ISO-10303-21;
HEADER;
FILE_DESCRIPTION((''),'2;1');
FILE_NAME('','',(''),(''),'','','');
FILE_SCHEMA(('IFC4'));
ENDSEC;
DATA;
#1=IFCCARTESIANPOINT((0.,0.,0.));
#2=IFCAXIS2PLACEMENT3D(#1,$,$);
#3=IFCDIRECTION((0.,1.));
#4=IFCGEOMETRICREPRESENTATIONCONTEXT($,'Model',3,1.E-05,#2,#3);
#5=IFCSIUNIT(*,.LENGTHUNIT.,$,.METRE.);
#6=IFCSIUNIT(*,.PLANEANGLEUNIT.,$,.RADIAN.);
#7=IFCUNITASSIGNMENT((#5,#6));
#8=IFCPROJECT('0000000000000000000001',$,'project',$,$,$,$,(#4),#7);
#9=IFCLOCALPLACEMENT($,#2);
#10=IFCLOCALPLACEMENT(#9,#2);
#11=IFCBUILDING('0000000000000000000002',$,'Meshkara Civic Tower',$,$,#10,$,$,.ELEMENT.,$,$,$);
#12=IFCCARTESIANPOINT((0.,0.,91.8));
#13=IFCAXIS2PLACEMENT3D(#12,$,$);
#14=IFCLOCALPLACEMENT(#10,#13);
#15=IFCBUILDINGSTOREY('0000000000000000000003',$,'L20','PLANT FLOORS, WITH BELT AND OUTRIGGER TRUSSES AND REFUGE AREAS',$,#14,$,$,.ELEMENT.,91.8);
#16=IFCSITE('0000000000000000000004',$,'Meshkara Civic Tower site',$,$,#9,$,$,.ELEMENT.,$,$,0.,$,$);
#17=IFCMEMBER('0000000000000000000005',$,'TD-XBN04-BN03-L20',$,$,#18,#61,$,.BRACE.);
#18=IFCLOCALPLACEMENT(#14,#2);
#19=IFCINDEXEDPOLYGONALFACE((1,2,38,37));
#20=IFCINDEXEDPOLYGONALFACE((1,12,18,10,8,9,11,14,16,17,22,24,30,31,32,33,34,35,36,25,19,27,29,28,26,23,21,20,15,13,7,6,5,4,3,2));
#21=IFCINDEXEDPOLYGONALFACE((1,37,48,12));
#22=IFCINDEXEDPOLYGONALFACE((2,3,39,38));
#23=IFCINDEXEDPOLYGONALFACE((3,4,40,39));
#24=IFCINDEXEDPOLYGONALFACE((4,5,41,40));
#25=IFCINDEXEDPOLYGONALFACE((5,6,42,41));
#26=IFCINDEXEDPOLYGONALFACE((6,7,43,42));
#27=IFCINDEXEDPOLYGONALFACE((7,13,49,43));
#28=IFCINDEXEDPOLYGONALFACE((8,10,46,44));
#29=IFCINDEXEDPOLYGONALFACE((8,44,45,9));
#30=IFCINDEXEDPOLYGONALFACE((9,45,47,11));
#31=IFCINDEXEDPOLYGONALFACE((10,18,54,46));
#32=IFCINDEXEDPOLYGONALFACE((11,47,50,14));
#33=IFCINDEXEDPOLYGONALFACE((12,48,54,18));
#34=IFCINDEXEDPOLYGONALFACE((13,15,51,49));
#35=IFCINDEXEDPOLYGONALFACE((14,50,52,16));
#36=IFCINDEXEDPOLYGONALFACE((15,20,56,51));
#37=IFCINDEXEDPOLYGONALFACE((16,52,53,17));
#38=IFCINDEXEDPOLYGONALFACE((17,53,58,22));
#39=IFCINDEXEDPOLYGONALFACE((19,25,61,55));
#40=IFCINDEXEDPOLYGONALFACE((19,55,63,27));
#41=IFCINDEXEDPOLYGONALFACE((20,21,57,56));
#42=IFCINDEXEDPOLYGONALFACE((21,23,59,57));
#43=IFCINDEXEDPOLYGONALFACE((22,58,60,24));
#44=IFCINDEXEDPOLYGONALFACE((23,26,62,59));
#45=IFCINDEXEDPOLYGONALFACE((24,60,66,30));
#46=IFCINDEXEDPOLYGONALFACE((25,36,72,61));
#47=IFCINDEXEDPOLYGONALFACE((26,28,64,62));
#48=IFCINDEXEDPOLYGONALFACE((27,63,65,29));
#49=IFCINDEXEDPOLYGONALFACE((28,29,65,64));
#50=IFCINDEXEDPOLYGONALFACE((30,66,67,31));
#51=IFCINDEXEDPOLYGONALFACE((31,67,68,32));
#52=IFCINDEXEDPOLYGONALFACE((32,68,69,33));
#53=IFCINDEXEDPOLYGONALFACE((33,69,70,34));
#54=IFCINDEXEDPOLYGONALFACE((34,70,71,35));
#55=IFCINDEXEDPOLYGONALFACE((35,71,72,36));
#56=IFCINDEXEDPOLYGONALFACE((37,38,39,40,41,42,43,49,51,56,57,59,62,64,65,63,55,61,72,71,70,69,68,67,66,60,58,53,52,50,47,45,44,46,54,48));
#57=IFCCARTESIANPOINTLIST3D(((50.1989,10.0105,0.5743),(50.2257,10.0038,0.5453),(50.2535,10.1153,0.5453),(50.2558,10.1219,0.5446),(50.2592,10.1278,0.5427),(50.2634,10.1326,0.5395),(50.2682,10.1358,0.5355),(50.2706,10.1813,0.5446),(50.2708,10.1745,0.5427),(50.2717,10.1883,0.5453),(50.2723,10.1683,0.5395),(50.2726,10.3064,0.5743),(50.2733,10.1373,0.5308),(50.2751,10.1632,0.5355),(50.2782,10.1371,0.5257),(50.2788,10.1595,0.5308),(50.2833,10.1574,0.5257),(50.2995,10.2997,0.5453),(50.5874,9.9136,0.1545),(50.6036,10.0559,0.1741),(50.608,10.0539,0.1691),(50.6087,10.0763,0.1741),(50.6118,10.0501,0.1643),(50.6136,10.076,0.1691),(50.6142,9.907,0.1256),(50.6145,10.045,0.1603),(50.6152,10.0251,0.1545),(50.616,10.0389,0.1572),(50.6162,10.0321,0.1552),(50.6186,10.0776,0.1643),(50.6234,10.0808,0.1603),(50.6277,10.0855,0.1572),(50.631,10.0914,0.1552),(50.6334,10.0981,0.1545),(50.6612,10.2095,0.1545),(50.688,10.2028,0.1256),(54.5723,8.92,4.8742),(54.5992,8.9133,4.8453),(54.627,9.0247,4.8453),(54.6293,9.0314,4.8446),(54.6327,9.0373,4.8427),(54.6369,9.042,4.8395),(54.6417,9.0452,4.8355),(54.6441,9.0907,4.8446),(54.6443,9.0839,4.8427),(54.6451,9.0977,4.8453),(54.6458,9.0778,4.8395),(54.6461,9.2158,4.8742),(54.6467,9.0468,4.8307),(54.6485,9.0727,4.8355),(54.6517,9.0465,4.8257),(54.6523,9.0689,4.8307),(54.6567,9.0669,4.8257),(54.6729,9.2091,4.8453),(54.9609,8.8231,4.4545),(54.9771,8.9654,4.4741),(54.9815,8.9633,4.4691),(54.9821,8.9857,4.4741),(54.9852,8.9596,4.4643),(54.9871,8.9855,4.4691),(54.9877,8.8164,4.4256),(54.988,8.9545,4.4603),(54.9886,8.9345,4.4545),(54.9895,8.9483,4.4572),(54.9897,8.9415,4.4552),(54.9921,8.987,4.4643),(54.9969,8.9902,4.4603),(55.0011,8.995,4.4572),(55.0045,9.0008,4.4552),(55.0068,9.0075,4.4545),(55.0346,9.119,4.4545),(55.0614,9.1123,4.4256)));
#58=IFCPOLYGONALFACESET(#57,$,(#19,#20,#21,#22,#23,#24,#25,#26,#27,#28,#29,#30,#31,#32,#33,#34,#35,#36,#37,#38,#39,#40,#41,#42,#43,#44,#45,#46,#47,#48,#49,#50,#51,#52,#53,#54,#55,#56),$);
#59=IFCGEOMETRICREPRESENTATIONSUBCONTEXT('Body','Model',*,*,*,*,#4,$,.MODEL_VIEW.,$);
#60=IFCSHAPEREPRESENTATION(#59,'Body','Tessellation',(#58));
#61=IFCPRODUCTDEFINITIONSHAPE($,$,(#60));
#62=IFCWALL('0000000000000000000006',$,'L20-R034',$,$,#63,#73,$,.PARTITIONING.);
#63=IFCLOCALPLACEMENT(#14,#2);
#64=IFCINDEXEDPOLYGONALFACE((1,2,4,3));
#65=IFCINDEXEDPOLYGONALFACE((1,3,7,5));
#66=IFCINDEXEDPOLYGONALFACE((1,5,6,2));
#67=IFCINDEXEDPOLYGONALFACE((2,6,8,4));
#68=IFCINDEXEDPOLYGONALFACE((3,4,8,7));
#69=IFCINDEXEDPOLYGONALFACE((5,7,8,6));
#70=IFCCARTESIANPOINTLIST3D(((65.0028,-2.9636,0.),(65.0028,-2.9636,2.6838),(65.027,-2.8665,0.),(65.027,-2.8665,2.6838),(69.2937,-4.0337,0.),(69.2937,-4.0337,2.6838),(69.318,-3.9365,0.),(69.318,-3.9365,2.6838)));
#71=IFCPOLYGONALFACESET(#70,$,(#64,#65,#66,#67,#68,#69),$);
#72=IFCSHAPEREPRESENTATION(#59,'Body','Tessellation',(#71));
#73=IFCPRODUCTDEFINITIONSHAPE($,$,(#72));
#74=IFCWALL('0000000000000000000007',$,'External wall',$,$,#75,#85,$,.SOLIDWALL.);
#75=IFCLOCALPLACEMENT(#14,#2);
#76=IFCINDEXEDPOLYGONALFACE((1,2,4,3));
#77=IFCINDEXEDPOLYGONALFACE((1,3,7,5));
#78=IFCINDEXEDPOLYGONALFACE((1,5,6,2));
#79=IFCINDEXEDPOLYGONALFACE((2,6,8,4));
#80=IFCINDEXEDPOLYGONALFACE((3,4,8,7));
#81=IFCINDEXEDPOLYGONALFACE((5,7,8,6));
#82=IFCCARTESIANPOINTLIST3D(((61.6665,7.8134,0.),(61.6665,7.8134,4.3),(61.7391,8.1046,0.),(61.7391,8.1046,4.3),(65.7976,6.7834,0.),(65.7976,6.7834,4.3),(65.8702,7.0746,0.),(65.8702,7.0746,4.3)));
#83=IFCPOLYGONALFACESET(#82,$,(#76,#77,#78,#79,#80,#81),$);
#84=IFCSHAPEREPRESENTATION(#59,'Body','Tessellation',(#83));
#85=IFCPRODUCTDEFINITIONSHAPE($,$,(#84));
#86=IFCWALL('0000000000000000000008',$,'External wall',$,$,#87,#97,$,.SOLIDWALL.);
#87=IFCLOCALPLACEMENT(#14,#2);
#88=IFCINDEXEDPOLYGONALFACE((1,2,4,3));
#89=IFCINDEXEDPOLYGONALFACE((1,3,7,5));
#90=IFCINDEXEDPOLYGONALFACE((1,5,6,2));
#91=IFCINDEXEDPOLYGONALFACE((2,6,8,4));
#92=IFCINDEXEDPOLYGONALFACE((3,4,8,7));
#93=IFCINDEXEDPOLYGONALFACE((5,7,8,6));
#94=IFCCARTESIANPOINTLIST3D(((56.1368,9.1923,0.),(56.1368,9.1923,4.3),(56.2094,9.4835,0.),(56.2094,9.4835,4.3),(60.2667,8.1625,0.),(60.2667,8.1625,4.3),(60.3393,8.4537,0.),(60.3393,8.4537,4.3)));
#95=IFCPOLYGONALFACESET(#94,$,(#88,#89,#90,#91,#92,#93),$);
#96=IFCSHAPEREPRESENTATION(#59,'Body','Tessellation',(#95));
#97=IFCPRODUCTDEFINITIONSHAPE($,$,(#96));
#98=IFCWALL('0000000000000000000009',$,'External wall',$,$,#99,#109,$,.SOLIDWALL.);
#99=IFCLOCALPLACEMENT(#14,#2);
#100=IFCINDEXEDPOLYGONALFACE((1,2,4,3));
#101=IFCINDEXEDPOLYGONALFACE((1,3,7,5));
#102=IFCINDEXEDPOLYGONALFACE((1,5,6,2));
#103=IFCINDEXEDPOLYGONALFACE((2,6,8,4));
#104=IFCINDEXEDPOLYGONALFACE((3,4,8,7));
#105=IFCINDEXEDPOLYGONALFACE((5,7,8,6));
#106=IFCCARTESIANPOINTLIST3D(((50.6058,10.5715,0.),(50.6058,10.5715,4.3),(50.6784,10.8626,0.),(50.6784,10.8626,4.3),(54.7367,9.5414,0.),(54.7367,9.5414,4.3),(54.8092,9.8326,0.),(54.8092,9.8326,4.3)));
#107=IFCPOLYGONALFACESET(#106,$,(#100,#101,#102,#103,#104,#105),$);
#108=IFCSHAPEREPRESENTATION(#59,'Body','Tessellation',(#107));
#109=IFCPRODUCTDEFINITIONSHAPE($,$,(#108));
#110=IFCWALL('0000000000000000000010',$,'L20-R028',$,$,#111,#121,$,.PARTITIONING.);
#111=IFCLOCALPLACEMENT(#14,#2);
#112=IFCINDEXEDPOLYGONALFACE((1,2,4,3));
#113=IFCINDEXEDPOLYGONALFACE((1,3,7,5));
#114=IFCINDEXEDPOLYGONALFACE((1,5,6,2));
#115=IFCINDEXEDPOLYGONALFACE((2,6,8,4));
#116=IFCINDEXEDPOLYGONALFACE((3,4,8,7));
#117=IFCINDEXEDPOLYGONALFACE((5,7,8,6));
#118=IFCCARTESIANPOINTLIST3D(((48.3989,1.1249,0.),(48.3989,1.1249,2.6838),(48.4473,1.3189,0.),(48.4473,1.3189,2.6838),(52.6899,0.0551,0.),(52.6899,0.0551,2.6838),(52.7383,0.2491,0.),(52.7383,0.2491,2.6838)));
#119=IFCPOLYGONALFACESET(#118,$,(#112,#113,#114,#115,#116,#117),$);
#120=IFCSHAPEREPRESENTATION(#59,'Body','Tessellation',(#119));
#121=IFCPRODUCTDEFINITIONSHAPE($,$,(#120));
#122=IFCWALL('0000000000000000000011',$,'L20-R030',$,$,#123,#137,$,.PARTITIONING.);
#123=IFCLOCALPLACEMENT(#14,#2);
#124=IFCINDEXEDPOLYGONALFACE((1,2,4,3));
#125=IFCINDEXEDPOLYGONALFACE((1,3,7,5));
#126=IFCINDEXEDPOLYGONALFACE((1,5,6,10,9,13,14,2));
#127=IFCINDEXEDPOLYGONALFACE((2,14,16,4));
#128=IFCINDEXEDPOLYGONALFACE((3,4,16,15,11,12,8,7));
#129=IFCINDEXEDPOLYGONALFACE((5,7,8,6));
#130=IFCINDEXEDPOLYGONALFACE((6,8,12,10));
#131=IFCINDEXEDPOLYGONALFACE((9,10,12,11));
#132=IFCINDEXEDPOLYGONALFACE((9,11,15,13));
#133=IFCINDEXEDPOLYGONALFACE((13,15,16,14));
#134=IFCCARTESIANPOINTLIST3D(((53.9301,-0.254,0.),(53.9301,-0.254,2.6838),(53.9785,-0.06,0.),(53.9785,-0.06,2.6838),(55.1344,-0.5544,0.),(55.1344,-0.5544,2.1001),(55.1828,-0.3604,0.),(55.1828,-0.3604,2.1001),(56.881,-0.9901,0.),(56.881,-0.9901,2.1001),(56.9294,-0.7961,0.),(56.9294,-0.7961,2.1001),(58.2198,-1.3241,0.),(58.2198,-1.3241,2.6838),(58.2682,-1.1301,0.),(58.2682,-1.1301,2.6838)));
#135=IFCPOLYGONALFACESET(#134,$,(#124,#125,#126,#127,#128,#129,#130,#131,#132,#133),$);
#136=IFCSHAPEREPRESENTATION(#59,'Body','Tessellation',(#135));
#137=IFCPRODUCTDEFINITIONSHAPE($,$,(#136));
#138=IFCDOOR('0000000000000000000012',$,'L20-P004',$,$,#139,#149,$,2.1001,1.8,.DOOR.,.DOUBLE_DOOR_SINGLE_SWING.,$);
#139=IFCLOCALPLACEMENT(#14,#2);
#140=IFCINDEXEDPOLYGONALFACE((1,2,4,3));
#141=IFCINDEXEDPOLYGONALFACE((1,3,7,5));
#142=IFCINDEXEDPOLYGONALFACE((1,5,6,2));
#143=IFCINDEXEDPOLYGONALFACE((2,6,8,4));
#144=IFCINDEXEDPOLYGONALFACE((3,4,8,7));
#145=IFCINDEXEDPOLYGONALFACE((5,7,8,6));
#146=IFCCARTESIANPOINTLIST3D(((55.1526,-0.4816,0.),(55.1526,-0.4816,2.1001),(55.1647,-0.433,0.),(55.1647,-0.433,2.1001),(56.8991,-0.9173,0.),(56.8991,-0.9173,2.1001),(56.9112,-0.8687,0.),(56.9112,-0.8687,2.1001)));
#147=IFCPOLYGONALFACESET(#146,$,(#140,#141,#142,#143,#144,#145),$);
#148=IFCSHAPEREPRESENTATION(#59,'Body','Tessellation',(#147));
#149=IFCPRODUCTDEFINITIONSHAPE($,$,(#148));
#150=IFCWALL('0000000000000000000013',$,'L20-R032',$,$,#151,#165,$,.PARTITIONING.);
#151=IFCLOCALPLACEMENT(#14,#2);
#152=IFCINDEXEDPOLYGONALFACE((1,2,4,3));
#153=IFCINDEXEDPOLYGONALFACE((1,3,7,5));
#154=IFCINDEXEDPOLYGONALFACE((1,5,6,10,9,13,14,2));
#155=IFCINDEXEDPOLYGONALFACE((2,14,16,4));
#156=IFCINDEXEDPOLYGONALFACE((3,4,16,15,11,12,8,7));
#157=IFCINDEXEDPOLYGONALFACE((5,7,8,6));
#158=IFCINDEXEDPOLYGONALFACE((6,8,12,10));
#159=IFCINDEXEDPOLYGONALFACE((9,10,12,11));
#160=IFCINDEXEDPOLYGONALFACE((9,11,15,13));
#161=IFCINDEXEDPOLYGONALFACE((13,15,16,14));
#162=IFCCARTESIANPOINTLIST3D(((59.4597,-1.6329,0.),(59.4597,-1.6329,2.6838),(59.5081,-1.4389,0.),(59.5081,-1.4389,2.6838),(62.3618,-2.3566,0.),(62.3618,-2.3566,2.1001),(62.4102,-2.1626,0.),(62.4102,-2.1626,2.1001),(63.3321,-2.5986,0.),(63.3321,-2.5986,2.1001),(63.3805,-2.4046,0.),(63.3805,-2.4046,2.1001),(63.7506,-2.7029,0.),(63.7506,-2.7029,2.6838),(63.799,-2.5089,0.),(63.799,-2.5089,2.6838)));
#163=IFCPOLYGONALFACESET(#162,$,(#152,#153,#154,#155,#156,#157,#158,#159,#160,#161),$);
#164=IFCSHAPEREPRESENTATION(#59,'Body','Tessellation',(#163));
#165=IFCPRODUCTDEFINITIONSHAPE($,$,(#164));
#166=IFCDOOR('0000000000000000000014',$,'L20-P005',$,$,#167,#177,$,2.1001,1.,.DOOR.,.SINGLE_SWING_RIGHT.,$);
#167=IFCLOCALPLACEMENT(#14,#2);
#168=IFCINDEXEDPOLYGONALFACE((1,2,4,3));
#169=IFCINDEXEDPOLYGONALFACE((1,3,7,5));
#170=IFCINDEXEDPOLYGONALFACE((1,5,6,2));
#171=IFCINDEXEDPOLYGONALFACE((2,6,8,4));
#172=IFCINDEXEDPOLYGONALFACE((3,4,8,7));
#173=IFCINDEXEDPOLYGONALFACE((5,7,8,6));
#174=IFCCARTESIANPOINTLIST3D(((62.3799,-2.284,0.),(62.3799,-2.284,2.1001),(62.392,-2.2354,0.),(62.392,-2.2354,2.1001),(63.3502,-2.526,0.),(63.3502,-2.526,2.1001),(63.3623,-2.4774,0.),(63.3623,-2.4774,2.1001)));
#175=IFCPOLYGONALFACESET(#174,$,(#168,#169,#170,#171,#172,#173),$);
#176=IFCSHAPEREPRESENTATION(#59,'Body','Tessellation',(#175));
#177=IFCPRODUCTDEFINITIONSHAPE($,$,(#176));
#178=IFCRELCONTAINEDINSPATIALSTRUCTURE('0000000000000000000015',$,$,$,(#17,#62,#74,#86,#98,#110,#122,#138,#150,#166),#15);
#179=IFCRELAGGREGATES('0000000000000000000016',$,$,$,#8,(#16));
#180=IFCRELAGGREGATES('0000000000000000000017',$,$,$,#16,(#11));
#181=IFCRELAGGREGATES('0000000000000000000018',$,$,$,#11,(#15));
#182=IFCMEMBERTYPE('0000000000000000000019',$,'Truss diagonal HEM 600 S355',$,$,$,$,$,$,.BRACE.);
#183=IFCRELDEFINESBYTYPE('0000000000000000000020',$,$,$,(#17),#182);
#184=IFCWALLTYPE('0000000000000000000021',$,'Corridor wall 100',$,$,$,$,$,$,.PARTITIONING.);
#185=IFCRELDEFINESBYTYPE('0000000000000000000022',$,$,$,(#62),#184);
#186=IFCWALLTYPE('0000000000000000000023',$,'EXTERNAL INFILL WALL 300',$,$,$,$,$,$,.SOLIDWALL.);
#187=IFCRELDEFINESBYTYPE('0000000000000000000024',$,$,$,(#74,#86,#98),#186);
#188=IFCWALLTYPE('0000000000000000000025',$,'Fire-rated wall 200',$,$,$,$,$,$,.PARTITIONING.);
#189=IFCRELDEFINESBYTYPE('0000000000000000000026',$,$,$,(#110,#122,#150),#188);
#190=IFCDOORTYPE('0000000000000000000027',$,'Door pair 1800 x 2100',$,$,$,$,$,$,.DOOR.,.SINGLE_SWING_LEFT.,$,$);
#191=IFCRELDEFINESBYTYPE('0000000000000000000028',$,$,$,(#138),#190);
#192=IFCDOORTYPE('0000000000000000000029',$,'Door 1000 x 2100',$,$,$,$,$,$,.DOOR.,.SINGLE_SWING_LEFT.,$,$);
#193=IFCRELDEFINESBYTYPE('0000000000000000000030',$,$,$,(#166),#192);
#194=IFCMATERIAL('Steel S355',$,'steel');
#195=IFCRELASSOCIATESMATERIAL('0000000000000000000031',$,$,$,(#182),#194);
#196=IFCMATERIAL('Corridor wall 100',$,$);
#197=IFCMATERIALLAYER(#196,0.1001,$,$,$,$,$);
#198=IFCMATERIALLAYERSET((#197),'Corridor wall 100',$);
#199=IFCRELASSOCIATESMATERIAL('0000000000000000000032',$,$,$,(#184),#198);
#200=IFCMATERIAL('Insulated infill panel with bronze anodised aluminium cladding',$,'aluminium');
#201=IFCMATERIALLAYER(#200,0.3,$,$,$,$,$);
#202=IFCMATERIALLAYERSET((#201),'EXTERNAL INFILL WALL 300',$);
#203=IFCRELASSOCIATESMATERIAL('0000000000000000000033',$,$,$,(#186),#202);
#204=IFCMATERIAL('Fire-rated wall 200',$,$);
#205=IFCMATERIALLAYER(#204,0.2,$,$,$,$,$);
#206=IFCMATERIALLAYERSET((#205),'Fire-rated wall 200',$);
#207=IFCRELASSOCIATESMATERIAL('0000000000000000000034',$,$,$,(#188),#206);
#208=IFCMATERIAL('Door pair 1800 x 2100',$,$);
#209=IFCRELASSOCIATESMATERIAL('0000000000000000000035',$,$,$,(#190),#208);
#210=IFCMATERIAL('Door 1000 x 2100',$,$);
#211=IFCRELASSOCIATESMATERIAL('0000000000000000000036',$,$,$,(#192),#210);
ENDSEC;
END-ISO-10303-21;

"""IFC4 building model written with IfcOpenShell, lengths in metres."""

from ifc_helpers import new_model, si_unit, direction, frame, frame_2d, origin, origin_2d, place, context, subcontext, project, spatial, rectangle, i_section, extrude, material, layer, layer_set, material_profile, profile_set, type_object, element, fill, save


model = new_model("IFC4")

# Units and contexts
model_context = context("Model", 3, precision=1e-05, world=origin(), true_north=direction((0.0, 1.0)))
body_context = subcontext(model_context, "Body", "Model", "MODEL_VIEW")
ifc_project = project(units=[si_unit("LENGTHUNIT", "METRE"), si_unit("PLANEANGLEUNIT", "RADIAN")], contexts=[model_context])

# Site, building, storey
site_placement = place(None, origin())
site = spatial("IfcSite", under=ifc_project, at=site_placement, Name="Meshkara Civic Tower site", CompositionType="ELEMENT", RefElevation=0.0)
building_placement = place(site_placement, origin())
building = spatial("IfcBuilding", under=site, at=building_placement, Name="Meshkara Civic Tower", CompositionType="ELEMENT")
storey_placement = place(building_placement, frame((0.0, 0.0, 91.8)))
storey = spatial("IfcBuildingStorey", under=building, at=storey_placement, Name="L20", Description="PLANT FLOORS, WITH BELT AND OUTRIGGER TRUSSES AND REFUGE AREAS", CompositionType="ELEMENT", Elevation=91.8)

# Member
ifc_material_1 = material(Name="Steel S355", Category="steel")
ifc_material_profile_1 = material_profile(ifc_material_1, i_section(OverallWidth=0.3049, OverallDepth=0.6201, WebThickness=0.021, FlangeThickness=0.04, FilletRadius=0.0271, at=origin_2d()))
ifc_profile_set_1 = profile_set([ifc_material_profile_1], Name="Steel S355")
member_type_1 = type_object("IfcMemberType", Name="Truss diagonal HEM 600 S355", PredefinedType="BRACE", material=ifc_profile_set_1)
member_1_placement = place(storey_placement, frame((54.8169, 9.0161, 4.6499), z_axis=(-0.70206, 0.175064, -0.690264), x_axis=(-0.241949, -0.970289, 0.0)))
element("IfcMember", 1, at=member_1_placement, inside=storey, type_object=member_type_1, Name="TD-XBN04-BN03-L20", PredefinedType="BRACE", context=body_context, shape_type="SweptSolid", body=[
    extrude(i_section(OverallWidth=0.3049, OverallDepth=0.6201, WebThickness=0.021, FlangeThickness=0.04, FilletRadius=0.0271, at=origin_2d()), origin(), (0.0, 0.0, 1.0), 6.2295),
])

# Walls
ifc_material_2 = material(Name="Corridor wall 100")
ifc_layer_1 = layer(ifc_material_2, 0.1001)
ifc_layer_set_1 = layer_set([ifc_layer_1], Name="Corridor wall 100")
wall_type_1 = type_object("IfcWallType", Name="Corridor wall 100", PredefinedType="PARTITIONING", material=ifc_layer_set_1)
wall_1_placement = place(storey_placement, frame((65.0149, -2.915, 0.0), z_axis=(0.0, 0.0, 1.0), x_axis=(0.970285, -0.241964, 0.0)))
element("IfcWall", 2, at=wall_1_placement, inside=storey, type_object=wall_type_1, Name="L20-R034", PredefinedType="PARTITIONING", context=body_context, shape_type="SweptSolid", body=[
    extrude(rectangle(XDim=4.4224, YDim=0.1001, at=frame_2d((2.2112, 0.0))), origin(), (0.0, 0.0, 1.0), 2.6838),
])
ifc_material_3 = material(Name="Insulated infill panel with bronze anodised aluminium cladding", Category="aluminium")
ifc_layer_2 = layer(ifc_material_3, 0.3)
ifc_layer_set_2 = layer_set([ifc_layer_2], Name="EXTERNAL INFILL WALL 300")
wall_type_2 = type_object("IfcWallType", Name="EXTERNAL INFILL WALL 300", PredefinedType="SOLIDWALL", material=ifc_layer_set_2)
wall_2_placement = place(storey_placement, frame((65.834, 6.929, 0.0), z_axis=(0.0, 0.0, 1.0), x_axis=(-0.970294, 0.241928, 0.0)))
element("IfcWall", 3, at=wall_2_placement, inside=storey, type_object=wall_type_2, Name="External wall", PredefinedType="SOLIDWALL", context=body_context, shape_type="SweptSolid", body=[
    extrude(rectangle(XDim=4.2576, YDim=0.3, at=frame_2d((2.1289, 0.0))), origin(), (0.0, 0.0, 1.0), 4.3),
])
wall_3_placement = place(storey_placement, frame((60.303, 8.3081, 0.0), z_axis=(0.0, 0.0, 1.0), x_axis=(-0.970291, 0.241942, 0.0)))
element("IfcWall", 4, at=wall_3_placement, inside=storey, type_object=wall_type_2, Name="External wall", PredefinedType="SOLIDWALL", context=body_context, shape_type="SweptSolid", body=[
    extrude(rectangle(XDim=4.2563, YDim=0.3, at=frame_2d((2.1282, 0.0))), origin(), (0.0, 0.0, 1.0), 4.3),
])
wall_4_placement = place(storey_placement, frame((54.7729, 9.687, 0.0), z_axis=(0.0, 0.0, 1.0), x_axis=(-0.970291, 0.241942, 0.0)))
element("IfcWall", 5, at=wall_4_placement, inside=storey, type_object=wall_type_2, Name="External wall", PredefinedType="SOLIDWALL", context=body_context, shape_type="SweptSolid", body=[
    extrude(rectangle(XDim=4.2573, YDim=0.3, at=frame_2d((2.1287, 0.0))), origin(), (0.0, 0.0, 1.0), 4.3),
])
ifc_material_4 = material(Name="Fire-rated wall 200")
ifc_layer_3 = layer(ifc_material_4, 0.2)
ifc_layer_set_3 = layer_set([ifc_layer_3], Name="Fire-rated wall 200")
wall_type_3 = type_object("IfcWallType", Name="Fire-rated wall 200", PredefinedType="PARTITIONING", material=ifc_layer_set_3)
wall_5_placement = place(storey_placement, frame((52.7141, 0.1521, 0.0), z_axis=(0.0, 0.0, 1.0), x_axis=(-0.970298, 0.241912, 0.0)))
element("IfcWall", 6, at=wall_5_placement, inside=storey, type_object=wall_type_3, Name="L20-R028", PredefinedType="PARTITIONING", context=body_context, shape_type="SweptSolid", body=[
    extrude(rectangle(XDim=4.4224, YDim=0.2, at=frame_2d((2.2112, 0.0))), origin(), (0.0, 0.0, 1.0), 2.6838),
])

# Walls, openings, doors
wall_6_placement = place(storey_placement, frame((58.2439, -1.2271, 0.0), z_axis=(0.0, 0.0, 1.0), x_axis=(-0.970269, 0.242029, 0.0)))
wall_6 = element("IfcWall", 7, at=wall_6_placement, inside=storey, type_object=wall_type_3, Name="L20-R030", PredefinedType="PARTITIONING", context=body_context, shape_type="SweptSolid", body=[
    extrude(rectangle(XDim=4.4211, YDim=0.2, at=frame_2d((2.2104, 0.0))), origin(), (0.0, 0.0, 1.0), 2.6838),
])
opening_1_placement = place(wall_6_placement, frame((1.3799, 0.0, 0.0)))
opening_1 = element("IfcOpeningElement", 8, at=opening_1_placement, cuts=wall_6, PredefinedType="OPENING", context=body_context, shape_type="SweptSolid", body=[
    extrude(rectangle(XDim=1.8, YDim=2.1001, at=frame_2d((0.8999, 1.05))), frame((0.0, 0.1099, 0.0), z_axis=(0.0, -1.0, 0.0), x_axis=(1.0, 0.0, 0.0)), (0.0, 0.0, 1.0), 0.22),
])
ifc_material_5 = material(Name="Door pair 1800 x 2100")
door_type_1 = type_object("IfcDoorType", Name="Door pair 1800 x 2100", OperationType="SINGLE_SWING_LEFT", PredefinedType="DOOR", material=ifc_material_5)
door_1_placement = place(opening_1_placement, origin())
door_1 = element("IfcDoor", 9, at=door_1_placement, inside=storey, type_object=door_type_1, Name="L20-P004", OperationType="DOUBLE_DOOR_SINGLE_SWING", OverallHeight=2.1001, OverallWidth=1.8, PredefinedType="DOOR", context=body_context, shape_type="SweptSolid", body=[
    extrude(rectangle(XDim=1.8, YDim=2.1001, at=frame_2d((0.8999, 1.05))), frame((0.0, 0.0249, 0.0), z_axis=(0.0, -1.0, 0.0), x_axis=(1.0, 0.0, 0.0)), (0.0, 0.0, 1.0), 0.05),
])
fill(opening_1, door_1)
wall_7_placement = place(storey_placement, frame((59.4839, -1.5359, 0.0), z_axis=(0.0, 0.0, 1.0), x_axis=(0.970285, -0.241964, 0.0)))
wall_7 = element("IfcWall", 10, at=wall_7_placement, inside=storey, type_object=wall_type_3, Name="L20-R032", PredefinedType="PARTITIONING", context=body_context, shape_type="SweptSolid", body=[
    extrude(rectangle(XDim=4.4224, YDim=0.2, at=frame_2d((2.2112, 0.0))), origin(), (0.0, 0.0, 1.0), 2.6838),
])
opening_2_placement = place(wall_7_placement, frame((2.991, 0.0, 0.0)))
opening_2 = element("IfcOpeningElement", 11, at=opening_2_placement, cuts=wall_7, PredefinedType="OPENING", context=body_context, shape_type="SweptSolid", body=[
    extrude(rectangle(XDim=1.0, YDim=2.1001, at=frame_2d((0.5, 1.05))), frame((0.0, 0.1099, 0.0), z_axis=(0.0, -1.0, 0.0), x_axis=(1.0, 0.0, 0.0)), (0.0, 0.0, 1.0), 0.22),
])
ifc_material_6 = material(Name="Door 1000 x 2100")
door_type_2 = type_object("IfcDoorType", Name="Door 1000 x 2100", OperationType="SINGLE_SWING_LEFT", PredefinedType="DOOR", material=ifc_material_6)
door_2_placement = place(opening_2_placement, origin())
door_2 = element("IfcDoor", 12, at=door_2_placement, inside=storey, type_object=door_type_2, Name="L20-P005", OperationType="SINGLE_SWING_RIGHT", OverallHeight=2.1001, OverallWidth=1.0, PredefinedType="DOOR", context=body_context, shape_type="SweptSolid", body=[
    extrude(rectangle(XDim=1.0, YDim=2.1001, at=frame_2d((0.5, 1.05))), frame((0.0, 0.0249, 0.0), z_axis=(0.0, -1.0, 0.0), x_axis=(1.0, 0.0, 0.0)), (0.0, 0.0, 1.0), 0.05),
])
fill(opening_2, door_2)

save(model, "model.ifc")
